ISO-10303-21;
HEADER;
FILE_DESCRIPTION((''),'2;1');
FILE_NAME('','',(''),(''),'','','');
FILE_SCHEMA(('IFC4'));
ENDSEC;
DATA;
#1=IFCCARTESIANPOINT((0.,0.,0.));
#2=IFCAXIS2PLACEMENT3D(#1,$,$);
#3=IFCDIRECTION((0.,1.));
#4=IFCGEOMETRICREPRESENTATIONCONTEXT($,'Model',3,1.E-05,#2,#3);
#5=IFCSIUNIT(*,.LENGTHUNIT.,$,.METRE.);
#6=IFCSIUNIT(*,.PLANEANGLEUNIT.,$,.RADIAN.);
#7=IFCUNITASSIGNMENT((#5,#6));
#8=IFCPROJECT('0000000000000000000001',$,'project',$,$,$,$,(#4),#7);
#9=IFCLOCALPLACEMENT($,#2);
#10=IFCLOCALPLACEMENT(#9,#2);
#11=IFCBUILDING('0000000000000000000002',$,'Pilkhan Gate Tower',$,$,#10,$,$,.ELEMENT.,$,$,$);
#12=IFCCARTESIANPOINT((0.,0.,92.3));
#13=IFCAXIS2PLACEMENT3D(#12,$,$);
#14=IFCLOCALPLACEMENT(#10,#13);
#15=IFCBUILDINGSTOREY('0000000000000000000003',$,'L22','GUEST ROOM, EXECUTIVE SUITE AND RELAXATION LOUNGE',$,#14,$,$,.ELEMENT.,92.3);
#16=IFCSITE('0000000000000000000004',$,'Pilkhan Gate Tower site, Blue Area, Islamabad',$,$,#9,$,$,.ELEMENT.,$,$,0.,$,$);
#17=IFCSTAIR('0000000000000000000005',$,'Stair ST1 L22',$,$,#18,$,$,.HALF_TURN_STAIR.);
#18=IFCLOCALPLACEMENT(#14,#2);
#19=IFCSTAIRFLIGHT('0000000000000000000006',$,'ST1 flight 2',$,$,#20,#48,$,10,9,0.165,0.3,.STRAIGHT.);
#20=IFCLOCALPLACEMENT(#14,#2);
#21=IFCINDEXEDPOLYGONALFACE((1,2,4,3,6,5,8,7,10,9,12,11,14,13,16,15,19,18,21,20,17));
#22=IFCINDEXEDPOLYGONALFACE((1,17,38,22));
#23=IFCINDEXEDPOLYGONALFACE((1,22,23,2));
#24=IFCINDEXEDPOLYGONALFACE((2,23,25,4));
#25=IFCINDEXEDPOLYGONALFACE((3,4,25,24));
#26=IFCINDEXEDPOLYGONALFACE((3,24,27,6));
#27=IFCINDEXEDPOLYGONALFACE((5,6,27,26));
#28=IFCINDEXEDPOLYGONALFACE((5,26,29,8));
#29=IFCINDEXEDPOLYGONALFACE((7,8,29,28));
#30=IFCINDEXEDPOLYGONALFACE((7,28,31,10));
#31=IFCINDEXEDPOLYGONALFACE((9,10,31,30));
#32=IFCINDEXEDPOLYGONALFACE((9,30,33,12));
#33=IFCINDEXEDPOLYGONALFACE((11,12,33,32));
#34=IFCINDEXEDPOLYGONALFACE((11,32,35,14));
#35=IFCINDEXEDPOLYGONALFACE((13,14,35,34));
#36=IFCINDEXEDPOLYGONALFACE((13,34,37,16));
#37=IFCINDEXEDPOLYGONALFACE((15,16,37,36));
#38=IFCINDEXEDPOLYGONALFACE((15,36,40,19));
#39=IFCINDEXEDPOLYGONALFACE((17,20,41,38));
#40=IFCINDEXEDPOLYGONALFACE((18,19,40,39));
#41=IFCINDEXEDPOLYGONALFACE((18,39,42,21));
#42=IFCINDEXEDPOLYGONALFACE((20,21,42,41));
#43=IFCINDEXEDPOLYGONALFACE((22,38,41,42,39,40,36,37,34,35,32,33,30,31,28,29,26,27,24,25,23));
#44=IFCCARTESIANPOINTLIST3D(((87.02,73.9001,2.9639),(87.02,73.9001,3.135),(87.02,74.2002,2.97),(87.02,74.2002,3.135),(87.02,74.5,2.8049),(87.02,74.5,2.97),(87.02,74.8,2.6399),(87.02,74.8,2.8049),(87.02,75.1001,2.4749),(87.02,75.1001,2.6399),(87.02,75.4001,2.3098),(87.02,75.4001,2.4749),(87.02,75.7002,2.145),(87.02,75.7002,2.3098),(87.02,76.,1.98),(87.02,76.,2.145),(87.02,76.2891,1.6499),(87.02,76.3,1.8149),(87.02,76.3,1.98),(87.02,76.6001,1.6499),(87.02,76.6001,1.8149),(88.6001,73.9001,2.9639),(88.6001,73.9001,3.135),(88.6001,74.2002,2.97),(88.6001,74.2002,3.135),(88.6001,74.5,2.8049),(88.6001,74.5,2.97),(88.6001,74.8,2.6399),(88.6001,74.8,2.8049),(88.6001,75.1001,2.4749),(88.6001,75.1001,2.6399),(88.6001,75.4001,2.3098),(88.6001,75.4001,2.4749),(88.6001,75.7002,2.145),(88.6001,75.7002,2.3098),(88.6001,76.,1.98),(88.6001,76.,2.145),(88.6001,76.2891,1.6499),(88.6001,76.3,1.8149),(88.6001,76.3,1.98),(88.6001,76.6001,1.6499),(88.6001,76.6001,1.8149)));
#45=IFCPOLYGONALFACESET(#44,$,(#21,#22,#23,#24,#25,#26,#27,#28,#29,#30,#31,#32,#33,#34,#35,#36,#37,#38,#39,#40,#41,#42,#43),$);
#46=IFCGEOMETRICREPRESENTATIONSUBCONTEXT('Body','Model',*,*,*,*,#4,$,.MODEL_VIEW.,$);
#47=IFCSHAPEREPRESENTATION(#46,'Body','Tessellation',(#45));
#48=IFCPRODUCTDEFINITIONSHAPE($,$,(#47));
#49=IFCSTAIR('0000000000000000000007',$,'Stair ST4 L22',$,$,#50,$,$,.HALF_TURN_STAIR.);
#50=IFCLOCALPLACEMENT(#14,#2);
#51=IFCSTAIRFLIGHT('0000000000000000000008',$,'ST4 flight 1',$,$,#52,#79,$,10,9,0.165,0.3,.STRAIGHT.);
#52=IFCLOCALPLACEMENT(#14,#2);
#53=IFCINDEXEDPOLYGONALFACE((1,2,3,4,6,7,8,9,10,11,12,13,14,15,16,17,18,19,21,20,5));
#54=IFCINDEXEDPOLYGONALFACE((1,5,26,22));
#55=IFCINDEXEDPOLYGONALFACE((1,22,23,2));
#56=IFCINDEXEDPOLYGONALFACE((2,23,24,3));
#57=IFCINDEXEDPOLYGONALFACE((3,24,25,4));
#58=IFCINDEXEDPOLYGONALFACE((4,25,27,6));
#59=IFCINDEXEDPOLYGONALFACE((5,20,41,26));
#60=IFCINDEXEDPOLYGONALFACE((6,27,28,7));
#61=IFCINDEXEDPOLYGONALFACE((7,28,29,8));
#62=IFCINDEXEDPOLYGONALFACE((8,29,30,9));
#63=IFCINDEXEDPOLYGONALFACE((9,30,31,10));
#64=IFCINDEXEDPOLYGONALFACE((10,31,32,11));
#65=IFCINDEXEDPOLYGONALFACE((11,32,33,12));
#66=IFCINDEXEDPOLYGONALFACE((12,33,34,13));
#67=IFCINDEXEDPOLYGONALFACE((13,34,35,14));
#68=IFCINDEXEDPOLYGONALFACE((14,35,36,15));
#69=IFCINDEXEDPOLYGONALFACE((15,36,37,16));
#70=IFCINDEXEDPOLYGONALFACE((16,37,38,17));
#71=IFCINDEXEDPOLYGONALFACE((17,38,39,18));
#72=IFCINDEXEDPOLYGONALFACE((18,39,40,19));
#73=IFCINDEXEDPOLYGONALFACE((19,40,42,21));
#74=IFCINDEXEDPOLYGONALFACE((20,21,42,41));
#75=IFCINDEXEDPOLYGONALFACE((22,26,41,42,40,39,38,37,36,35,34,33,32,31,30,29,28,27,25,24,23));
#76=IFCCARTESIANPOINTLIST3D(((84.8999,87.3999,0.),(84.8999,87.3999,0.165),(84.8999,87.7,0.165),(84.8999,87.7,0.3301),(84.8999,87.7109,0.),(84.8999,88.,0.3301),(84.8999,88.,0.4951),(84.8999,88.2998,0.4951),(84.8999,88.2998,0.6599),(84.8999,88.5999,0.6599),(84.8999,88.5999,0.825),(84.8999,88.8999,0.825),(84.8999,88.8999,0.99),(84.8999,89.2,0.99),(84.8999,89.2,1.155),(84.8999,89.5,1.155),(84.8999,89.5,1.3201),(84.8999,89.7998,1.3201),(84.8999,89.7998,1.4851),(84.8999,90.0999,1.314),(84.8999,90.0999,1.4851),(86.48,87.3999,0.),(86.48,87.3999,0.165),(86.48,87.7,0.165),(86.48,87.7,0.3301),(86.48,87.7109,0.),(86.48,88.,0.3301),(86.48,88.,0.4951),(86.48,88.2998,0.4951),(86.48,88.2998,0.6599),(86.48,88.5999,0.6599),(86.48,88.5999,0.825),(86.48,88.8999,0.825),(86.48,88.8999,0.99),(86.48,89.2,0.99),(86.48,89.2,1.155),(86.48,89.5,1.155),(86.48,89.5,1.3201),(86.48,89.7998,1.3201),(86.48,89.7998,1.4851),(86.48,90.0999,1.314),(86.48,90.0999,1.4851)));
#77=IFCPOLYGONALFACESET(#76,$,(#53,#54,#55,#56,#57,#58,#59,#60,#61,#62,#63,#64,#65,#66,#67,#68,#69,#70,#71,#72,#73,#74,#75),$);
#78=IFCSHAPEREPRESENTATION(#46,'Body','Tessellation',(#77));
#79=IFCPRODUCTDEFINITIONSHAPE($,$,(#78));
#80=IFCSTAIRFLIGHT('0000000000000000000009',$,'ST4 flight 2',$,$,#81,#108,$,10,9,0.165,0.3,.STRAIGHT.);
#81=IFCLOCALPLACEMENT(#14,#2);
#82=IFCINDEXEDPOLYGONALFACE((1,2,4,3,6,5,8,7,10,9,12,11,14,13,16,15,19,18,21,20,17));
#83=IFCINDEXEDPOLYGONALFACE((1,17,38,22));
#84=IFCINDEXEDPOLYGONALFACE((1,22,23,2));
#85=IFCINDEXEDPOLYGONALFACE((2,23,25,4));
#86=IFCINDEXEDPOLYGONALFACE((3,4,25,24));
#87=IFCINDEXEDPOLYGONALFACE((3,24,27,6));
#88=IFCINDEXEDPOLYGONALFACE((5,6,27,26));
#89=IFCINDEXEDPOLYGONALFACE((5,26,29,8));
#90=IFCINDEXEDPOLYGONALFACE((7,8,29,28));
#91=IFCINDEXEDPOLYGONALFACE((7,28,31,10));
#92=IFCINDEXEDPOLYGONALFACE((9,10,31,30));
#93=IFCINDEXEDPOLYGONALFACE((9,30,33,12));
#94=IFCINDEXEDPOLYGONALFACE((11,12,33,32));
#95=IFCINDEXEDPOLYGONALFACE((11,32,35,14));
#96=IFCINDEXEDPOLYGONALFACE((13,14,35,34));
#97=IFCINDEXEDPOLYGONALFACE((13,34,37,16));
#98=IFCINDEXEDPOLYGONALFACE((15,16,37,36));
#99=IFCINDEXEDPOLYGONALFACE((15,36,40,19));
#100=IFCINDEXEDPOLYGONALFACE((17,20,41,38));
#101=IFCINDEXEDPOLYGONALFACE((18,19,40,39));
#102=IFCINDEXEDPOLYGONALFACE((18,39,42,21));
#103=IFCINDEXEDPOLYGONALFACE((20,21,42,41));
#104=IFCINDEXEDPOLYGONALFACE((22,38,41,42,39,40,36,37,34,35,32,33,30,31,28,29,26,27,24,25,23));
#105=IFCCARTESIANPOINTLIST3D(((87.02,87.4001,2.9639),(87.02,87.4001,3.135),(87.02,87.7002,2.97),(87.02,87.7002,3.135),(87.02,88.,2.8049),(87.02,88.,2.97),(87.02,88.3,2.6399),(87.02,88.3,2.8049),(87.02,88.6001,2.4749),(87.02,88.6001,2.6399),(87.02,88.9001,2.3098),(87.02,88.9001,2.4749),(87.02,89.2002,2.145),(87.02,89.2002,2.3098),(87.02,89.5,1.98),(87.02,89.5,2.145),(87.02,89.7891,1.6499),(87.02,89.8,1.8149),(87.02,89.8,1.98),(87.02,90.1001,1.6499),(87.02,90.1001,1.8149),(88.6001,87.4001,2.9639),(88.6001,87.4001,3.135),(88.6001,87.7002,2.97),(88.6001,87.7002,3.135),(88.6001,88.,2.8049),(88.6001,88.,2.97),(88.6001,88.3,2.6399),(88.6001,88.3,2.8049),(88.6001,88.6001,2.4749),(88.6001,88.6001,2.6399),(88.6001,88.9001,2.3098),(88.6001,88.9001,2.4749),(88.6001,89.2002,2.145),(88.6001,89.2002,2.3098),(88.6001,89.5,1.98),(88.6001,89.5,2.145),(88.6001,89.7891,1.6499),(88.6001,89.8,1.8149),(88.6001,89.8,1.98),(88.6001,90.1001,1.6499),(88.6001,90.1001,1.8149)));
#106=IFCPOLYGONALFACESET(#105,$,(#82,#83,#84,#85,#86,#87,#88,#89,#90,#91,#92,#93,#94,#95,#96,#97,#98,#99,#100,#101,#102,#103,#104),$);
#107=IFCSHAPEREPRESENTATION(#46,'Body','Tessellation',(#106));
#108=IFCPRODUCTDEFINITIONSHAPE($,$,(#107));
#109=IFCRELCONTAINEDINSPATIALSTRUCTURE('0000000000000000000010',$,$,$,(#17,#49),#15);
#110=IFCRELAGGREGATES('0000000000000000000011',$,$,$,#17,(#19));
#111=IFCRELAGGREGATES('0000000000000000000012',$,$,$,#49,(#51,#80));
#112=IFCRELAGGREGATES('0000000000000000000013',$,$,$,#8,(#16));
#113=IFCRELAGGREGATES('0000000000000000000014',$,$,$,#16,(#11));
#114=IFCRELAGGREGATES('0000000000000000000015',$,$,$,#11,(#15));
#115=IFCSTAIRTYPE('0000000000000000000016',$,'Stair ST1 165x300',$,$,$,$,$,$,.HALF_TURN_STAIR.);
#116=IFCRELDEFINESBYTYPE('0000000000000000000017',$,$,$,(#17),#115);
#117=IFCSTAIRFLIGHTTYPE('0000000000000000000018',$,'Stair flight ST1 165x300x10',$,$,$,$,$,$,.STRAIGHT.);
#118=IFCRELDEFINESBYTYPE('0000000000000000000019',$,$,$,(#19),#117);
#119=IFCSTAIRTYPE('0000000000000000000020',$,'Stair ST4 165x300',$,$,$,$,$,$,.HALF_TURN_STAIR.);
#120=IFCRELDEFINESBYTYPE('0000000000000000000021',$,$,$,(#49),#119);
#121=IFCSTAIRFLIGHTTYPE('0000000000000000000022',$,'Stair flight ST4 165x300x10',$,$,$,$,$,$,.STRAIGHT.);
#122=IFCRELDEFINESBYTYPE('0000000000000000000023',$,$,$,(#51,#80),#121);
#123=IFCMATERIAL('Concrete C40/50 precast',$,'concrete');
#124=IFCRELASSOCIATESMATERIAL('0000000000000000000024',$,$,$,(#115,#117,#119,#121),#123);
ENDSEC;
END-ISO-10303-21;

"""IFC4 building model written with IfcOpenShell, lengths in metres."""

from ifc_helpers import new_model, si_unit, direction, frame, origin, place, context, subcontext, project, spatial, polyline, outline, extrude, material, type_object, element, aggregate, save


model = new_model("IFC4")

# Units and contexts
model_context = context("Model", 3, precision=1e-05, world=origin(), true_north=direction((0.0, 1.0)))
body_context = subcontext(model_context, "Body", "Model", "MODEL_VIEW")
ifc_project = project(units=[si_unit("LENGTHUNIT", "METRE"), si_unit("PLANEANGLEUNIT", "RADIAN")], contexts=[model_context])

# Site, building, storey
site_placement = place(None, origin())
site = spatial("IfcSite", under=ifc_project, at=site_placement, Name="Pilkhan Gate Tower site, Blue Area, Islamabad", CompositionType="ELEMENT", RefElevation=0.0)
building_placement = place(site_placement, origin())
building = spatial("IfcBuilding", under=site, at=building_placement, Name="Pilkhan Gate Tower", CompositionType="ELEMENT")
storey_placement = place(building_placement, frame((0.0, 0.0, 92.3)))
storey = spatial("IfcBuildingStorey", under=building, at=storey_placement, Name="L22", Description="GUEST ROOM, EXECUTIVE SUITE AND RELAXATION LOUNGE", CompositionType="ELEMENT", Elevation=92.3)

# Stairs, stair flights
ifc_material_1 = material(Name="Concrete C40/50 precast", Category="concrete")
stair_type_1 = type_object("IfcStairType", Name="Stair ST1 165x300", PredefinedType="HALF_TURN_STAIR", material=ifc_material_1)
stair_1_placement = place(storey_placement, origin())
stair_1 = element("IfcStair", 1, at=stair_1_placement, inside=storey, type_object=stair_type_1, Name="Stair ST1 L22", PredefinedType="HALF_TURN_STAIR")
stair_flight_type_1 = type_object("IfcStairFlightType", Name="Stair flight ST1 165x300x10", PredefinedType="STRAIGHT", material=ifc_material_1)
stair_flight_1_placement = place(storey_placement, frame((87.8101, 76.6001, 1.6499), z_axis=(0.0, 0.0, 1.0), x_axis=(0.0, -1.0, 0.0)))
stair_flight_1 = element("IfcStairFlight", 2, at=stair_flight_1_placement, type_object=stair_flight_type_1, Name="ST1 flight 2", NumberOfRisers=10, NumberOfTreads=9, PredefinedType="STRAIGHT", RiserHeight=0.165, TreadLength=0.3, context=body_context, shape_type="SweptSolid", body=[
    extrude(outline(polyline([(0.0, 0.0), (0.0, 0.165), (0.3, 0.165), (0.3, 0.3301), (0.6001, 0.3301), (0.6001, 0.4951), (0.8999, 0.4951), (0.8999, 0.6599), (1.2, 0.6599), (1.2, 0.825), (1.5, 0.825), (1.5, 0.99), (1.8, 0.99), (1.8, 1.155), (2.1001, 1.155), (2.1001, 1.3201), (2.3999, 1.3201), (2.3999, 1.4851), (2.7, 1.4851), (2.7, 1.6499), (2.7, 1.314), (0.311, 0.0), (0.0, 0.0)])), frame((0.0, 0.79, 0.0), z_axis=(0.0, -1.0, 0.0), x_axis=(1.0, 0.0, 0.0)), (0.0, 0.0, 1.0), 1.5801),
])
aggregate(stair_1, [stair_flight_1])
stair_type_2 = type_object("IfcStairType", Name="Stair ST4 165x300", PredefinedType="HALF_TURN_STAIR", material=ifc_material_1)
stair_2_placement = place(storey_placement, origin())
stair_2 = element("IfcStair", 3, at=stair_2_placement, inside=storey, type_object=stair_type_2, Name="Stair ST4 L22", PredefinedType="HALF_TURN_STAIR")
stair_flight_type_2 = type_object("IfcStairFlightType", Name="Stair flight ST4 165x300x10", PredefinedType="STRAIGHT", material=ifc_material_1)
stair_flight_2_placement = place(storey_placement, frame((85.6899, 87.3999, 0.0), z_axis=(0.0, 0.0, 1.0), x_axis=(0.0, 1.0, 0.0)))
stair_flight_2 = element("IfcStairFlight", 4, at=stair_flight_2_placement, type_object=stair_flight_type_2, Name="ST4 flight 1", NumberOfRisers=10, NumberOfTreads=9, PredefinedType="STRAIGHT", RiserHeight=0.165, TreadLength=0.3, context=body_context, shape_type="SweptSolid", body=[
    extrude(outline(polyline([(0.0, 0.0), (0.0, 0.165), (0.3, 0.165), (0.3, 0.3301), (0.6001, 0.3301), (0.6001, 0.4951), (0.8999, 0.4951), (0.8999, 0.6599), (1.2, 0.6599), (1.2, 0.825), (1.5, 0.825), (1.5, 0.99), (1.8, 0.99), (1.8, 1.155), (2.1001, 1.155), (2.1001, 1.3201), (2.3999, 1.3201), (2.3999, 1.4851), (2.7, 1.4851), (2.7, 1.6499), (2.7, 1.314), (0.311, 0.0), (0.0, 0.0)])), frame((0.0, 0.79, 0.0), z_axis=(0.0, -1.0, 0.0), x_axis=(1.0, 0.0, 0.0)), (0.0, 0.0, 1.0), 1.5801),
])
stair_flight_3_placement = place(storey_placement, frame((87.8101, 90.1001, 1.6499), z_axis=(0.0, 0.0, 1.0), x_axis=(0.0, -1.0, 0.0)))
stair_flight_3 = element("IfcStairFlight", 5, at=stair_flight_3_placement, type_object=stair_flight_type_2, Name="ST4 flight 2", NumberOfRisers=10, NumberOfTreads=9, PredefinedType="STRAIGHT", RiserHeight=0.165, TreadLength=0.3, context=body_context, shape_type="SweptSolid", body=[
    extrude(outline(polyline([(0.0, 0.0), (0.0, 0.165), (0.3, 0.165), (0.3, 0.3301), (0.6001, 0.3301), (0.6001, 0.4951), (0.8999, 0.4951), (0.8999, 0.6599), (1.2, 0.6599), (1.2, 0.825), (1.5, 0.825), (1.5, 0.99), (1.8, 0.99), (1.8, 1.155), (2.1001, 1.155), (2.1001, 1.3201), (2.3999, 1.3201), (2.3999, 1.4851), (2.7, 1.4851), (2.7, 1.6499), (2.7, 1.314), (0.311, 0.0), (0.0, 0.0)])), frame((0.0, 0.79, 0.0), z_axis=(0.0, -1.0, 0.0), x_axis=(1.0, 0.0, 0.0)), (0.0, 0.0, 1.0), 1.5801),
])
aggregate(stair_2, [stair_flight_2, stair_flight_3])

save(model, "model.ifc")
